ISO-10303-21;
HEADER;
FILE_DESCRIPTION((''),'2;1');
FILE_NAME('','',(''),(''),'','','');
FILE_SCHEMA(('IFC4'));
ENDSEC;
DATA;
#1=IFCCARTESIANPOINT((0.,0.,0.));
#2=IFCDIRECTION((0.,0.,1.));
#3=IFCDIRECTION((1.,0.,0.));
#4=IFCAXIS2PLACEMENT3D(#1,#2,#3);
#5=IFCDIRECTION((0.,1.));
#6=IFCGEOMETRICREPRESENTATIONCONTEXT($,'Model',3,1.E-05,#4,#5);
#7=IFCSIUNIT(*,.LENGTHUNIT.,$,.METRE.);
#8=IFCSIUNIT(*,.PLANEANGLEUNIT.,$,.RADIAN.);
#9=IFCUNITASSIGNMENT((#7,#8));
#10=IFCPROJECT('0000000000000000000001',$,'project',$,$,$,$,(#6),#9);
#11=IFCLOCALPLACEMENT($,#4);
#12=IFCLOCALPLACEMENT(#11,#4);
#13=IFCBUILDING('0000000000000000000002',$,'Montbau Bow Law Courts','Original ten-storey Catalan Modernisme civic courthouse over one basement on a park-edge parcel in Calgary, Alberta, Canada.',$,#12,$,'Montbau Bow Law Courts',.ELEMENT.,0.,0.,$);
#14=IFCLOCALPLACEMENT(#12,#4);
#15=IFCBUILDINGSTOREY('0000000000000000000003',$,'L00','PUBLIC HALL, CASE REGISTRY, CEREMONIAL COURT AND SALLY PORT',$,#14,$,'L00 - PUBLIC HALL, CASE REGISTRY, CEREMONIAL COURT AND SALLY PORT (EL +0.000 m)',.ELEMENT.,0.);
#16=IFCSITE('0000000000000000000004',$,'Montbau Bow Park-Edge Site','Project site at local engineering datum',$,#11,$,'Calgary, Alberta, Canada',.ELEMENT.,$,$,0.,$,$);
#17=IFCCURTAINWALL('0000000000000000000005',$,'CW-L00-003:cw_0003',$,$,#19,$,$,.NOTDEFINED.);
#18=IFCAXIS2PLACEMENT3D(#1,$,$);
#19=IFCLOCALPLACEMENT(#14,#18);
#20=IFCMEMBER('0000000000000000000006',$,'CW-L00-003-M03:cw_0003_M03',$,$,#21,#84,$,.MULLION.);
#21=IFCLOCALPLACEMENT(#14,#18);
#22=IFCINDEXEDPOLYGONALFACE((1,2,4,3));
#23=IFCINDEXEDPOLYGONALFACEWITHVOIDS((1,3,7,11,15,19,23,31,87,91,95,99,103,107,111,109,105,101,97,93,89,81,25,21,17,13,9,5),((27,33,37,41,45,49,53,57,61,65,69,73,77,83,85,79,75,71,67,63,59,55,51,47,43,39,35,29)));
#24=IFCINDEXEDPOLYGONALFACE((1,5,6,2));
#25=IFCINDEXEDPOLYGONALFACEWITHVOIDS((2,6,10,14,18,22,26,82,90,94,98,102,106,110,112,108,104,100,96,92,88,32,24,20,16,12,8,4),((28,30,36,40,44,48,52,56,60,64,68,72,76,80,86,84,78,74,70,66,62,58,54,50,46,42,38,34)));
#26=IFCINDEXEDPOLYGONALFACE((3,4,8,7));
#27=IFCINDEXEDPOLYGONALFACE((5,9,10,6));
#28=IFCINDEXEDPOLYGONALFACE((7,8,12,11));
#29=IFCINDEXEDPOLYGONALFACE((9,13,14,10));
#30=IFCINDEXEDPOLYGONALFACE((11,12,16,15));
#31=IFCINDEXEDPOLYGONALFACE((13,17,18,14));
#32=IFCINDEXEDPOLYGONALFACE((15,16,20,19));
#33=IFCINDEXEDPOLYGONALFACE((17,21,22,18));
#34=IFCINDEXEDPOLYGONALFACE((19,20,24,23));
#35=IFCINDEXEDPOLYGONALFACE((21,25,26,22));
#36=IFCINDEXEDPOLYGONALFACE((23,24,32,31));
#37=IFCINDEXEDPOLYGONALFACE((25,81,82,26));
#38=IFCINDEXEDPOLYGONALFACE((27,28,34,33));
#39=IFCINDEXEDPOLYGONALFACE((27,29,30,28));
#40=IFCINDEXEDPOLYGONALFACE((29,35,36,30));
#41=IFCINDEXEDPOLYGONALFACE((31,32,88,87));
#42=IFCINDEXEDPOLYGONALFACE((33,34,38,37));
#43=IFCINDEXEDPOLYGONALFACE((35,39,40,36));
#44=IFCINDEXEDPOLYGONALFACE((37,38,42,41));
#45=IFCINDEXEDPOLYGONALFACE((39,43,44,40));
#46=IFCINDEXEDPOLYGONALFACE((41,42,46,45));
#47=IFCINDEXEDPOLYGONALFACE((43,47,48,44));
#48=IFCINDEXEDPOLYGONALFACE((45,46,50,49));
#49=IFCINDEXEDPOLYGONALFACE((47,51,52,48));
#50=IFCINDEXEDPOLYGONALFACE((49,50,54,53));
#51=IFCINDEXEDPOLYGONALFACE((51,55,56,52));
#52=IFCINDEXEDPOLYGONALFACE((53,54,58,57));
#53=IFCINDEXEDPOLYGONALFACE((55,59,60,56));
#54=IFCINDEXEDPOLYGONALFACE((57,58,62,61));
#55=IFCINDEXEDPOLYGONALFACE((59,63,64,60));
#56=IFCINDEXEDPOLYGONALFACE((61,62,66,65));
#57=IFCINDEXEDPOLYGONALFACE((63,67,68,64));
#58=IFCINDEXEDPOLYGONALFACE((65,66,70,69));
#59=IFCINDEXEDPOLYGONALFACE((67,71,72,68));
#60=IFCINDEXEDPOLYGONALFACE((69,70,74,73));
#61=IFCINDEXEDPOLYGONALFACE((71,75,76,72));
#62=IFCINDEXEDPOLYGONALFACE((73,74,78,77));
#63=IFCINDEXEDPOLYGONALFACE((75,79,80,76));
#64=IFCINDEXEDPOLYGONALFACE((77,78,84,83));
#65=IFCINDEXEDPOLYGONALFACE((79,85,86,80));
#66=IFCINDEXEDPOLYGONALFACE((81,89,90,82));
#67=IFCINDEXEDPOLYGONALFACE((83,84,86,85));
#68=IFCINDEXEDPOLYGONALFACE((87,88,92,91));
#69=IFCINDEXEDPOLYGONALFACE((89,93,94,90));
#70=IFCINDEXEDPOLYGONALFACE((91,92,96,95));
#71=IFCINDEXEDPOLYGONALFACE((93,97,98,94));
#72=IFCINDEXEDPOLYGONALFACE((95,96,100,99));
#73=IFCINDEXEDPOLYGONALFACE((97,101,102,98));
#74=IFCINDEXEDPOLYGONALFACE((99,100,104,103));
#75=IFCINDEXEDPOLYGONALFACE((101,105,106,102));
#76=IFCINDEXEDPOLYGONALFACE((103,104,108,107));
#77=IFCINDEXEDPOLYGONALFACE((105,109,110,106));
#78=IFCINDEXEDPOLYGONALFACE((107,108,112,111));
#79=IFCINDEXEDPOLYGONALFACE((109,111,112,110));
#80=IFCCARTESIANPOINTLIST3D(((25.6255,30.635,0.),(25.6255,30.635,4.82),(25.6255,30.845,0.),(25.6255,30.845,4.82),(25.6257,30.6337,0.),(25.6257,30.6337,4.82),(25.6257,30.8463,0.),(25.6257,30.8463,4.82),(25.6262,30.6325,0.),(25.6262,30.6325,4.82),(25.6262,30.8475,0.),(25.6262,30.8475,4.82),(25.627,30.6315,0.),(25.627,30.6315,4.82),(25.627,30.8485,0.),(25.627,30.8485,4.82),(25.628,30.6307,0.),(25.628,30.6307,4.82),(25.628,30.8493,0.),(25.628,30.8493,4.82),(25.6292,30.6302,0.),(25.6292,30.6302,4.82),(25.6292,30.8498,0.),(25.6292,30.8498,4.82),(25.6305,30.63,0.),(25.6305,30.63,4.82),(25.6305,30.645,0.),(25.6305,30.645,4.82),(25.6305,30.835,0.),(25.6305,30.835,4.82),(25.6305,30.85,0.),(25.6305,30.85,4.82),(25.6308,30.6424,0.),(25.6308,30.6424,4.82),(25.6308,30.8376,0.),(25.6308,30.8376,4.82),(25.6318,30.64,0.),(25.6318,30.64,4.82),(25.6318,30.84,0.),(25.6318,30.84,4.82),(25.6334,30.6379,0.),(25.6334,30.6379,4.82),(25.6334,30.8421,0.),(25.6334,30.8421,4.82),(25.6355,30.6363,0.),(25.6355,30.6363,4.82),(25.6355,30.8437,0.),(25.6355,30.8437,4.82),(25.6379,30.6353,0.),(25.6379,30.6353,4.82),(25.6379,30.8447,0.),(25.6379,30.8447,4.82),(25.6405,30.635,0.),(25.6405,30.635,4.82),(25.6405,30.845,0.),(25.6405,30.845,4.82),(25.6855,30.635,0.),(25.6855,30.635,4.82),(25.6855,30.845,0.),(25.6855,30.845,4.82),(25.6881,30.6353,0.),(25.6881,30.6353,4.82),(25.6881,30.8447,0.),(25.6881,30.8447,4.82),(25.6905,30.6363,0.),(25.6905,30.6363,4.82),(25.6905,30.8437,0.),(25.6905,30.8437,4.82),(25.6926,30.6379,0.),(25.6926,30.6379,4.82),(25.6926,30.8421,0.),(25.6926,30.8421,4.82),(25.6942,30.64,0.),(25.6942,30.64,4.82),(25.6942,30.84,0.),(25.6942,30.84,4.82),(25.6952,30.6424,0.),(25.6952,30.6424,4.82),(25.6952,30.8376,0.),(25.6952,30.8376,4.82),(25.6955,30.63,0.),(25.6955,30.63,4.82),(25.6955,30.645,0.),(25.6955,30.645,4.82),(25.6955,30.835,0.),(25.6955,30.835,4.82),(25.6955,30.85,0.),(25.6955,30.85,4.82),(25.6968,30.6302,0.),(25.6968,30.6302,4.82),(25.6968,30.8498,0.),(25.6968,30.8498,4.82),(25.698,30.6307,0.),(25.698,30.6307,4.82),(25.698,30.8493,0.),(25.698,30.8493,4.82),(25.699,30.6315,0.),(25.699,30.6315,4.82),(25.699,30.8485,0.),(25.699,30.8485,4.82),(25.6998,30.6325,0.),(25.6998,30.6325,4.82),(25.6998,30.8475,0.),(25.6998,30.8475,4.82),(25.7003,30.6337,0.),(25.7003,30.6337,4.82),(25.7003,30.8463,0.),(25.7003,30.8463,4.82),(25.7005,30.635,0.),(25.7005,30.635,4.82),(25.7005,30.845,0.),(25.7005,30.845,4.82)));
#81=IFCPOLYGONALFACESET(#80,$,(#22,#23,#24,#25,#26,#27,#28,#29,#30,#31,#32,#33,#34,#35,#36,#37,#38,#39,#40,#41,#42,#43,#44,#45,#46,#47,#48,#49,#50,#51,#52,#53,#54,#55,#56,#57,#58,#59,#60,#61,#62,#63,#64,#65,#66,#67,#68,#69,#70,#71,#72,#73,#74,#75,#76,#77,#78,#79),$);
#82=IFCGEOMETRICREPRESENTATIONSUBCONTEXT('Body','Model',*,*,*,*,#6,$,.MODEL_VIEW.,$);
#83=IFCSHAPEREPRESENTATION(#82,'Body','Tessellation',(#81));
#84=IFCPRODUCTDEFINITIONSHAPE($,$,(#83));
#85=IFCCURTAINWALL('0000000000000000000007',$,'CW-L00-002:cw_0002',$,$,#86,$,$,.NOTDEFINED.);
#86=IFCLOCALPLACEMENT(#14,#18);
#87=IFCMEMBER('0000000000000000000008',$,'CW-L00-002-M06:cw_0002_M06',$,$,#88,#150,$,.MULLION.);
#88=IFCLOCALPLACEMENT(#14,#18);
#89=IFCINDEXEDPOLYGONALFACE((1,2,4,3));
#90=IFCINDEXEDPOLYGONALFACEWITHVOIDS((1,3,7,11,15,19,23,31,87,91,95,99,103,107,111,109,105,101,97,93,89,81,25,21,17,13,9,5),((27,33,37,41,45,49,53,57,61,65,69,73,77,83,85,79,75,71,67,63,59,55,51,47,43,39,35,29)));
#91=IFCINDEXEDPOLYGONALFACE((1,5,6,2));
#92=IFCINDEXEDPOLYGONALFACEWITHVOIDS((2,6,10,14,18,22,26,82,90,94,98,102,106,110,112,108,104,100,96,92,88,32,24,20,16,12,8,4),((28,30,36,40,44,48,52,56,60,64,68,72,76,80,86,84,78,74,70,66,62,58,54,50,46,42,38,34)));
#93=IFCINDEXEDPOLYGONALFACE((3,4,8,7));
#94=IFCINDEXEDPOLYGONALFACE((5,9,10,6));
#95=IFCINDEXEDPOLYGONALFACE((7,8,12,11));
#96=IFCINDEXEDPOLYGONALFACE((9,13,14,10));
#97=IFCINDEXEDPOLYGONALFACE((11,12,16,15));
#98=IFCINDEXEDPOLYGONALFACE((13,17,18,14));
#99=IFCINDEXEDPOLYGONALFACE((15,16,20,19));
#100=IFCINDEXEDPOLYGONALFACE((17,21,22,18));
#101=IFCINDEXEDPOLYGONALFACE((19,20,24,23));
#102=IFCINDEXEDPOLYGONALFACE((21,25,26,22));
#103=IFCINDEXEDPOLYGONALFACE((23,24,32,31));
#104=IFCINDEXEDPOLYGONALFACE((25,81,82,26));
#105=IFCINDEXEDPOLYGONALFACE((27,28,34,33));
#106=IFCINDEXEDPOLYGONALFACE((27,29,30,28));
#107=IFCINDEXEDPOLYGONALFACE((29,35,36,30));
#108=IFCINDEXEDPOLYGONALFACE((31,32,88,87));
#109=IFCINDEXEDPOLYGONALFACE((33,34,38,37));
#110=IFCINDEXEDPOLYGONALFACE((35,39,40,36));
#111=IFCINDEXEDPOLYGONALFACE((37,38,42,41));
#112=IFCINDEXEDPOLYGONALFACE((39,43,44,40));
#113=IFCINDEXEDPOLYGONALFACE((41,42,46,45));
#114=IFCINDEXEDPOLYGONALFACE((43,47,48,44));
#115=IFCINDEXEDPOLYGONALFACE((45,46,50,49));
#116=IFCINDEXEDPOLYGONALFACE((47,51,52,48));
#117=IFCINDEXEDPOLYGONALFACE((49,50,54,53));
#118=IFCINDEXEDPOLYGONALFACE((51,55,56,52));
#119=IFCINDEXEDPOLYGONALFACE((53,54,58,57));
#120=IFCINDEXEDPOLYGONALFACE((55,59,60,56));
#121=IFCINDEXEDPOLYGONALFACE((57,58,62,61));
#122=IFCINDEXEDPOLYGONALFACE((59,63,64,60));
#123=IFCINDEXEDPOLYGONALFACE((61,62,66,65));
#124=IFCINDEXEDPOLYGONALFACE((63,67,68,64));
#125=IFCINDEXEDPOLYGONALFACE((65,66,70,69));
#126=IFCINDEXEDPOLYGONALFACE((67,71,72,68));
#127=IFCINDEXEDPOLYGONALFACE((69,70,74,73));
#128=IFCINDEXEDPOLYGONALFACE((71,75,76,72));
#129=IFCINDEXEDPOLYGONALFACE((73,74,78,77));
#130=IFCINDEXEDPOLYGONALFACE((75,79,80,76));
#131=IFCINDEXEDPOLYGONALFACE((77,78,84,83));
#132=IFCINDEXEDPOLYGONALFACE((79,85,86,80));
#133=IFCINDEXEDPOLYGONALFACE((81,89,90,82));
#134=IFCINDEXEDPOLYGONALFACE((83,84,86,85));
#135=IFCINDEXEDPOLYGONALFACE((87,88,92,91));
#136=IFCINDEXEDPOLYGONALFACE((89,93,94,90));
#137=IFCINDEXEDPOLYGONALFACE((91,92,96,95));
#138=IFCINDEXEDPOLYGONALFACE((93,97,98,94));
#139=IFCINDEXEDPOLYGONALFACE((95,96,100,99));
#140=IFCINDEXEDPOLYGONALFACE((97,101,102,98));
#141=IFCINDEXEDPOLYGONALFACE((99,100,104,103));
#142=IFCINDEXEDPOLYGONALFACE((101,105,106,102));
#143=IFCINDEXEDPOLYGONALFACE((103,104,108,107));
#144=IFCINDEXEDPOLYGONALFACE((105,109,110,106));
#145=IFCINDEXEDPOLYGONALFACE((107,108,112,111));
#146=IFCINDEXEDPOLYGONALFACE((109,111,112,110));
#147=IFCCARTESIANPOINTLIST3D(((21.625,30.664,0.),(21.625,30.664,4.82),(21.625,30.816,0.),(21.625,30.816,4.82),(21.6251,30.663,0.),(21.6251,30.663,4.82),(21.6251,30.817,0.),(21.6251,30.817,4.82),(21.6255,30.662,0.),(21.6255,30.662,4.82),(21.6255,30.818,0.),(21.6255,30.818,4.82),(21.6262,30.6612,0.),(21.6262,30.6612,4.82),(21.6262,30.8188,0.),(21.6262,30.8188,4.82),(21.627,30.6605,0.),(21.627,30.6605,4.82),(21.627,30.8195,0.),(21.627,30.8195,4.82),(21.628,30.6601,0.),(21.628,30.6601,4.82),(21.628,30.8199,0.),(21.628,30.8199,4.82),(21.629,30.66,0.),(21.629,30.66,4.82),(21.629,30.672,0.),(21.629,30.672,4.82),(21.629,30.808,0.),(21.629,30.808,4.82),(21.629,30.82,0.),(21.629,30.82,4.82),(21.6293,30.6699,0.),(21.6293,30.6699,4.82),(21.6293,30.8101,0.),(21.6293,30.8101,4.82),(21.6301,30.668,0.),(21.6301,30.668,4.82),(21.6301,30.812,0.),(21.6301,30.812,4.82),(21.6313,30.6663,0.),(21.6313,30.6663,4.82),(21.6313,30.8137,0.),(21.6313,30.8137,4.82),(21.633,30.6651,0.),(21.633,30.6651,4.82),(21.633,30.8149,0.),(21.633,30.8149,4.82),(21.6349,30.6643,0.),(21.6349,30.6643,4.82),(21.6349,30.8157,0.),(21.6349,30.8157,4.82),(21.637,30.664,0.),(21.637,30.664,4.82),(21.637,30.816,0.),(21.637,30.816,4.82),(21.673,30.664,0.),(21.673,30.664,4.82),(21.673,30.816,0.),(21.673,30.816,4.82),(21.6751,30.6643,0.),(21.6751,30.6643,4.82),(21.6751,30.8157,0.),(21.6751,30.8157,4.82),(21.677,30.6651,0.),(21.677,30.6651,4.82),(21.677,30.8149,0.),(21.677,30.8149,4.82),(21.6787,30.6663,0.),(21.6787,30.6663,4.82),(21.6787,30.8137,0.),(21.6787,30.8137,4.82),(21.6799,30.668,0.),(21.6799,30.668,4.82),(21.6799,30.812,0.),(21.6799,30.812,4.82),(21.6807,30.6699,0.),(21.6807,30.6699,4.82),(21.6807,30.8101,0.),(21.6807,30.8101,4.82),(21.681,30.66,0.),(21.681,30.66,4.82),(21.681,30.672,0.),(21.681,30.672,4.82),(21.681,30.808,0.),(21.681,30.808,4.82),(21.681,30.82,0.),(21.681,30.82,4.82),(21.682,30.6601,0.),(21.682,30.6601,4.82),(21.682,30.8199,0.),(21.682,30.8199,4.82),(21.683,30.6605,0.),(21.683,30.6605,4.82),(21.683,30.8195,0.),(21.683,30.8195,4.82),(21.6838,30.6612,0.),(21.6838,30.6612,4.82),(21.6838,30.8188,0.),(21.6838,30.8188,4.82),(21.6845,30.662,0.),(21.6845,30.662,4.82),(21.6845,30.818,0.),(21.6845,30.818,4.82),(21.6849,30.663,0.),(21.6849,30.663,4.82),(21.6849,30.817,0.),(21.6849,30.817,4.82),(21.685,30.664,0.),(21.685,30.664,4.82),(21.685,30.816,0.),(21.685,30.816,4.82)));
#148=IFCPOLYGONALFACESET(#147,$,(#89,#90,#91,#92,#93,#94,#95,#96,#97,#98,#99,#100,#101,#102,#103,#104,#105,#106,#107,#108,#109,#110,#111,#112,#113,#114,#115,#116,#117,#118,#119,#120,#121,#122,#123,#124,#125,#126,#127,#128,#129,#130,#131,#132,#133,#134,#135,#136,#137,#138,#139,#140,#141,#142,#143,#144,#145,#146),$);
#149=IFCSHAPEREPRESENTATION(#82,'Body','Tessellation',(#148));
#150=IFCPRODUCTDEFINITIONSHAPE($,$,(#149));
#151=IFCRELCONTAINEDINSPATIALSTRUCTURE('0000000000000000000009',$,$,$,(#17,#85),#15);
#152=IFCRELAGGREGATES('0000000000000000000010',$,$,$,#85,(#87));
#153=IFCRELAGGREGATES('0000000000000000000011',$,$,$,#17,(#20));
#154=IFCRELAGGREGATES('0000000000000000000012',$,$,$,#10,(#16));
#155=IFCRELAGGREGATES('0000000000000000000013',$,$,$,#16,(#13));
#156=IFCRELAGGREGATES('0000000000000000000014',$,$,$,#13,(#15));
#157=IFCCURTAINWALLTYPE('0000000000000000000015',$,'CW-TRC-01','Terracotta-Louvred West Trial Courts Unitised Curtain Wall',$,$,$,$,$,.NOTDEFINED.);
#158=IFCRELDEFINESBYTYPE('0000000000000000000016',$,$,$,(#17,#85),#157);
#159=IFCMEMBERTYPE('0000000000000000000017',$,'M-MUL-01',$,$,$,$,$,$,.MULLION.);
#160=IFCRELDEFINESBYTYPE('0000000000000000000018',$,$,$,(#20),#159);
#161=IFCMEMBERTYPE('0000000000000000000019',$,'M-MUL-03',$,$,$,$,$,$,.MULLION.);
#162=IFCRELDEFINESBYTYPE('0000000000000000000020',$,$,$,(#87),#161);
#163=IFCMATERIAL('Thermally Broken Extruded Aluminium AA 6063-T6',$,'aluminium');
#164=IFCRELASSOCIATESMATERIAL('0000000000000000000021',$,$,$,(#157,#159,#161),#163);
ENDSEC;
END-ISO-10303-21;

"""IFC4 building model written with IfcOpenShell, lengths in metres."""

from ifc_helpers import new_model, si_unit, direction, frame, origin_with_axes, origin_2d_with_axis, place, context, subcontext, project, spatial, hollow_rectangle, extrude, material, material_profile, profile_set, type_object, element, aggregate, save


model = new_model("IFC4")

# Units and contexts
model_context = context("Model", 3, precision=1e-05, world=origin_with_axes(), true_north=direction((0.0, 1.0)))
body_context = subcontext(model_context, "Body", "Model", "MODEL_VIEW")
ifc_project = project(units=[si_unit("LENGTHUNIT", "METRE"), si_unit("PLANEANGLEUNIT", "RADIAN")], contexts=[model_context])

# Site, building, storey
site_placement = place(None, origin_with_axes())
site = spatial("IfcSite", under=ifc_project, at=site_placement, Name="Montbau Bow Park-Edge Site", Description="Project site at local engineering datum", LongName="Calgary, Alberta, Canada", CompositionType="ELEMENT", RefElevation=0.0)
building_placement = place(site_placement, origin_with_axes())
building = spatial("IfcBuilding", under=site, at=building_placement, Name="Montbau Bow Law Courts", Description="Original ten-storey Catalan Modernisme civic courthouse over one basement on a park-edge parcel in Calgary, Alberta, Canada.", LongName="Montbau Bow Law Courts", CompositionType="ELEMENT", ElevationOfRefHeight=0.0, ElevationOfTerrain=0.0)
storey_placement = place(building_placement, origin_with_axes())
storey = spatial("IfcBuildingStorey", under=building, at=storey_placement, Name="L00", Description="PUBLIC HALL, CASE REGISTRY, CEREMONIAL COURT AND SALLY PORT", LongName="L00 - PUBLIC HALL, CASE REGISTRY, CEREMONIAL COURT AND SALLY PORT (EL +0.000 m)", CompositionType="ELEMENT", Elevation=0.0)

# Curtain walls, members
ifc_material_1 = material(Name="Thermally Broken Extruded Aluminium AA 6063-T6", Category="aluminium")
curtain_wall_type = type_object("IfcCurtainWallType", Name="CW-TRC-01", Description="Terracotta-Louvred West Trial Courts Unitised Curtain Wall", PredefinedType="NOTDEFINED", material=ifc_material_1)
curtain_wall_1_placement = place(None, frame((22.715, 30.74, 0.0), z_axis=(0.0, 0.0, 1.0), x_axis=(1.0, 0.0, 0.0)))
curtain_wall_1 = element("IfcCurtainWall", 1, at=curtain_wall_1_placement, inside=storey, type_object=curtain_wall_type, Name="CW-L00-003:cw_0003", PredefinedType="NOTDEFINED")
ifc_material_profile_1 = material_profile(ifc_material_1, hollow_rectangle(XDim=0.075, YDim=0.22, WallThickness=0.005, InnerFilletRadius=0.01, OuterFilletRadius=0.005, at=origin_2d_with_axis()), Name="CWM-220X75", Category="Main", Priority=0)
ifc_profile_set_1 = profile_set([ifc_material_profile_1], Name="Thermally Broken Extruded Aluminium AA 6063-T6")
member_type_1 = type_object("IfcMemberType", Name="M-MUL-01", PredefinedType="MULLION", material=ifc_profile_set_1)
member_1_placement = place(None, frame((25.663, 30.74, 0.0), z_axis=(0.0, 0.0, 1.0), x_axis=(1.0, 0.0, 0.0)))
member_1 = element("IfcMember", 2, at=member_1_placement, type_object=member_type_1, Name="CW-L00-003-M03:cw_0003_M03", PredefinedType="MULLION", context=body_context, shape_type="SweptSolid", body=[
    extrude(hollow_rectangle(XDim=0.075, YDim=0.22, WallThickness=0.005, InnerFilletRadius=0.01, OuterFilletRadius=0.005, at=origin_2d_with_axis()), origin_with_axes(), (0.0, 0.0, 1.0), 4.82),
])
curtain_wall_2_placement = place(None, frame((14.315, 30.74, 0.0), z_axis=(0.0, 0.0, 1.0), x_axis=(1.0, 0.0, 0.0)))
curtain_wall_2 = element("IfcCurtainWall", 3, at=curtain_wall_2_placement, inside=storey, type_object=curtain_wall_type, Name="CW-L00-002:cw_0002", PredefinedType="NOTDEFINED")
ifc_material_profile_2 = material_profile(ifc_material_1, hollow_rectangle(XDim=0.06, YDim=0.16, WallThickness=0.004, InnerFilletRadius=0.008, OuterFilletRadius=0.004, at=origin_2d_with_axis()), Name="CWM-160X60", Category="Main", Priority=0)
ifc_profile_set_2 = profile_set([ifc_material_profile_2], Name="Thermally Broken Extruded Aluminium AA 6063-T6")
member_type_2 = type_object("IfcMemberType", Name="M-MUL-03", PredefinedType="MULLION", material=ifc_profile_set_2)
member_2_placement = place(None, frame((21.655, 30.74, 0.0), z_axis=(0.0, 0.0, 1.0), x_axis=(1.0, 0.0, 0.0)))
member_2 = element("IfcMember", 4, at=member_2_placement, type_object=member_type_2, Name="CW-L00-002-M06:cw_0002_M06", PredefinedType="MULLION", context=body_context, shape_type="SweptSolid", body=[
    extrude(hollow_rectangle(XDim=0.06, YDim=0.16, WallThickness=0.004, InnerFilletRadius=0.008, OuterFilletRadius=0.004, at=origin_2d_with_axis()), origin_with_axes(), (0.0, 0.0, 1.0), 4.82),
])

aggregate(curtain_wall_2, [member_2])
aggregate(curtain_wall_1, [member_1])

save(model, "model.ifc")
